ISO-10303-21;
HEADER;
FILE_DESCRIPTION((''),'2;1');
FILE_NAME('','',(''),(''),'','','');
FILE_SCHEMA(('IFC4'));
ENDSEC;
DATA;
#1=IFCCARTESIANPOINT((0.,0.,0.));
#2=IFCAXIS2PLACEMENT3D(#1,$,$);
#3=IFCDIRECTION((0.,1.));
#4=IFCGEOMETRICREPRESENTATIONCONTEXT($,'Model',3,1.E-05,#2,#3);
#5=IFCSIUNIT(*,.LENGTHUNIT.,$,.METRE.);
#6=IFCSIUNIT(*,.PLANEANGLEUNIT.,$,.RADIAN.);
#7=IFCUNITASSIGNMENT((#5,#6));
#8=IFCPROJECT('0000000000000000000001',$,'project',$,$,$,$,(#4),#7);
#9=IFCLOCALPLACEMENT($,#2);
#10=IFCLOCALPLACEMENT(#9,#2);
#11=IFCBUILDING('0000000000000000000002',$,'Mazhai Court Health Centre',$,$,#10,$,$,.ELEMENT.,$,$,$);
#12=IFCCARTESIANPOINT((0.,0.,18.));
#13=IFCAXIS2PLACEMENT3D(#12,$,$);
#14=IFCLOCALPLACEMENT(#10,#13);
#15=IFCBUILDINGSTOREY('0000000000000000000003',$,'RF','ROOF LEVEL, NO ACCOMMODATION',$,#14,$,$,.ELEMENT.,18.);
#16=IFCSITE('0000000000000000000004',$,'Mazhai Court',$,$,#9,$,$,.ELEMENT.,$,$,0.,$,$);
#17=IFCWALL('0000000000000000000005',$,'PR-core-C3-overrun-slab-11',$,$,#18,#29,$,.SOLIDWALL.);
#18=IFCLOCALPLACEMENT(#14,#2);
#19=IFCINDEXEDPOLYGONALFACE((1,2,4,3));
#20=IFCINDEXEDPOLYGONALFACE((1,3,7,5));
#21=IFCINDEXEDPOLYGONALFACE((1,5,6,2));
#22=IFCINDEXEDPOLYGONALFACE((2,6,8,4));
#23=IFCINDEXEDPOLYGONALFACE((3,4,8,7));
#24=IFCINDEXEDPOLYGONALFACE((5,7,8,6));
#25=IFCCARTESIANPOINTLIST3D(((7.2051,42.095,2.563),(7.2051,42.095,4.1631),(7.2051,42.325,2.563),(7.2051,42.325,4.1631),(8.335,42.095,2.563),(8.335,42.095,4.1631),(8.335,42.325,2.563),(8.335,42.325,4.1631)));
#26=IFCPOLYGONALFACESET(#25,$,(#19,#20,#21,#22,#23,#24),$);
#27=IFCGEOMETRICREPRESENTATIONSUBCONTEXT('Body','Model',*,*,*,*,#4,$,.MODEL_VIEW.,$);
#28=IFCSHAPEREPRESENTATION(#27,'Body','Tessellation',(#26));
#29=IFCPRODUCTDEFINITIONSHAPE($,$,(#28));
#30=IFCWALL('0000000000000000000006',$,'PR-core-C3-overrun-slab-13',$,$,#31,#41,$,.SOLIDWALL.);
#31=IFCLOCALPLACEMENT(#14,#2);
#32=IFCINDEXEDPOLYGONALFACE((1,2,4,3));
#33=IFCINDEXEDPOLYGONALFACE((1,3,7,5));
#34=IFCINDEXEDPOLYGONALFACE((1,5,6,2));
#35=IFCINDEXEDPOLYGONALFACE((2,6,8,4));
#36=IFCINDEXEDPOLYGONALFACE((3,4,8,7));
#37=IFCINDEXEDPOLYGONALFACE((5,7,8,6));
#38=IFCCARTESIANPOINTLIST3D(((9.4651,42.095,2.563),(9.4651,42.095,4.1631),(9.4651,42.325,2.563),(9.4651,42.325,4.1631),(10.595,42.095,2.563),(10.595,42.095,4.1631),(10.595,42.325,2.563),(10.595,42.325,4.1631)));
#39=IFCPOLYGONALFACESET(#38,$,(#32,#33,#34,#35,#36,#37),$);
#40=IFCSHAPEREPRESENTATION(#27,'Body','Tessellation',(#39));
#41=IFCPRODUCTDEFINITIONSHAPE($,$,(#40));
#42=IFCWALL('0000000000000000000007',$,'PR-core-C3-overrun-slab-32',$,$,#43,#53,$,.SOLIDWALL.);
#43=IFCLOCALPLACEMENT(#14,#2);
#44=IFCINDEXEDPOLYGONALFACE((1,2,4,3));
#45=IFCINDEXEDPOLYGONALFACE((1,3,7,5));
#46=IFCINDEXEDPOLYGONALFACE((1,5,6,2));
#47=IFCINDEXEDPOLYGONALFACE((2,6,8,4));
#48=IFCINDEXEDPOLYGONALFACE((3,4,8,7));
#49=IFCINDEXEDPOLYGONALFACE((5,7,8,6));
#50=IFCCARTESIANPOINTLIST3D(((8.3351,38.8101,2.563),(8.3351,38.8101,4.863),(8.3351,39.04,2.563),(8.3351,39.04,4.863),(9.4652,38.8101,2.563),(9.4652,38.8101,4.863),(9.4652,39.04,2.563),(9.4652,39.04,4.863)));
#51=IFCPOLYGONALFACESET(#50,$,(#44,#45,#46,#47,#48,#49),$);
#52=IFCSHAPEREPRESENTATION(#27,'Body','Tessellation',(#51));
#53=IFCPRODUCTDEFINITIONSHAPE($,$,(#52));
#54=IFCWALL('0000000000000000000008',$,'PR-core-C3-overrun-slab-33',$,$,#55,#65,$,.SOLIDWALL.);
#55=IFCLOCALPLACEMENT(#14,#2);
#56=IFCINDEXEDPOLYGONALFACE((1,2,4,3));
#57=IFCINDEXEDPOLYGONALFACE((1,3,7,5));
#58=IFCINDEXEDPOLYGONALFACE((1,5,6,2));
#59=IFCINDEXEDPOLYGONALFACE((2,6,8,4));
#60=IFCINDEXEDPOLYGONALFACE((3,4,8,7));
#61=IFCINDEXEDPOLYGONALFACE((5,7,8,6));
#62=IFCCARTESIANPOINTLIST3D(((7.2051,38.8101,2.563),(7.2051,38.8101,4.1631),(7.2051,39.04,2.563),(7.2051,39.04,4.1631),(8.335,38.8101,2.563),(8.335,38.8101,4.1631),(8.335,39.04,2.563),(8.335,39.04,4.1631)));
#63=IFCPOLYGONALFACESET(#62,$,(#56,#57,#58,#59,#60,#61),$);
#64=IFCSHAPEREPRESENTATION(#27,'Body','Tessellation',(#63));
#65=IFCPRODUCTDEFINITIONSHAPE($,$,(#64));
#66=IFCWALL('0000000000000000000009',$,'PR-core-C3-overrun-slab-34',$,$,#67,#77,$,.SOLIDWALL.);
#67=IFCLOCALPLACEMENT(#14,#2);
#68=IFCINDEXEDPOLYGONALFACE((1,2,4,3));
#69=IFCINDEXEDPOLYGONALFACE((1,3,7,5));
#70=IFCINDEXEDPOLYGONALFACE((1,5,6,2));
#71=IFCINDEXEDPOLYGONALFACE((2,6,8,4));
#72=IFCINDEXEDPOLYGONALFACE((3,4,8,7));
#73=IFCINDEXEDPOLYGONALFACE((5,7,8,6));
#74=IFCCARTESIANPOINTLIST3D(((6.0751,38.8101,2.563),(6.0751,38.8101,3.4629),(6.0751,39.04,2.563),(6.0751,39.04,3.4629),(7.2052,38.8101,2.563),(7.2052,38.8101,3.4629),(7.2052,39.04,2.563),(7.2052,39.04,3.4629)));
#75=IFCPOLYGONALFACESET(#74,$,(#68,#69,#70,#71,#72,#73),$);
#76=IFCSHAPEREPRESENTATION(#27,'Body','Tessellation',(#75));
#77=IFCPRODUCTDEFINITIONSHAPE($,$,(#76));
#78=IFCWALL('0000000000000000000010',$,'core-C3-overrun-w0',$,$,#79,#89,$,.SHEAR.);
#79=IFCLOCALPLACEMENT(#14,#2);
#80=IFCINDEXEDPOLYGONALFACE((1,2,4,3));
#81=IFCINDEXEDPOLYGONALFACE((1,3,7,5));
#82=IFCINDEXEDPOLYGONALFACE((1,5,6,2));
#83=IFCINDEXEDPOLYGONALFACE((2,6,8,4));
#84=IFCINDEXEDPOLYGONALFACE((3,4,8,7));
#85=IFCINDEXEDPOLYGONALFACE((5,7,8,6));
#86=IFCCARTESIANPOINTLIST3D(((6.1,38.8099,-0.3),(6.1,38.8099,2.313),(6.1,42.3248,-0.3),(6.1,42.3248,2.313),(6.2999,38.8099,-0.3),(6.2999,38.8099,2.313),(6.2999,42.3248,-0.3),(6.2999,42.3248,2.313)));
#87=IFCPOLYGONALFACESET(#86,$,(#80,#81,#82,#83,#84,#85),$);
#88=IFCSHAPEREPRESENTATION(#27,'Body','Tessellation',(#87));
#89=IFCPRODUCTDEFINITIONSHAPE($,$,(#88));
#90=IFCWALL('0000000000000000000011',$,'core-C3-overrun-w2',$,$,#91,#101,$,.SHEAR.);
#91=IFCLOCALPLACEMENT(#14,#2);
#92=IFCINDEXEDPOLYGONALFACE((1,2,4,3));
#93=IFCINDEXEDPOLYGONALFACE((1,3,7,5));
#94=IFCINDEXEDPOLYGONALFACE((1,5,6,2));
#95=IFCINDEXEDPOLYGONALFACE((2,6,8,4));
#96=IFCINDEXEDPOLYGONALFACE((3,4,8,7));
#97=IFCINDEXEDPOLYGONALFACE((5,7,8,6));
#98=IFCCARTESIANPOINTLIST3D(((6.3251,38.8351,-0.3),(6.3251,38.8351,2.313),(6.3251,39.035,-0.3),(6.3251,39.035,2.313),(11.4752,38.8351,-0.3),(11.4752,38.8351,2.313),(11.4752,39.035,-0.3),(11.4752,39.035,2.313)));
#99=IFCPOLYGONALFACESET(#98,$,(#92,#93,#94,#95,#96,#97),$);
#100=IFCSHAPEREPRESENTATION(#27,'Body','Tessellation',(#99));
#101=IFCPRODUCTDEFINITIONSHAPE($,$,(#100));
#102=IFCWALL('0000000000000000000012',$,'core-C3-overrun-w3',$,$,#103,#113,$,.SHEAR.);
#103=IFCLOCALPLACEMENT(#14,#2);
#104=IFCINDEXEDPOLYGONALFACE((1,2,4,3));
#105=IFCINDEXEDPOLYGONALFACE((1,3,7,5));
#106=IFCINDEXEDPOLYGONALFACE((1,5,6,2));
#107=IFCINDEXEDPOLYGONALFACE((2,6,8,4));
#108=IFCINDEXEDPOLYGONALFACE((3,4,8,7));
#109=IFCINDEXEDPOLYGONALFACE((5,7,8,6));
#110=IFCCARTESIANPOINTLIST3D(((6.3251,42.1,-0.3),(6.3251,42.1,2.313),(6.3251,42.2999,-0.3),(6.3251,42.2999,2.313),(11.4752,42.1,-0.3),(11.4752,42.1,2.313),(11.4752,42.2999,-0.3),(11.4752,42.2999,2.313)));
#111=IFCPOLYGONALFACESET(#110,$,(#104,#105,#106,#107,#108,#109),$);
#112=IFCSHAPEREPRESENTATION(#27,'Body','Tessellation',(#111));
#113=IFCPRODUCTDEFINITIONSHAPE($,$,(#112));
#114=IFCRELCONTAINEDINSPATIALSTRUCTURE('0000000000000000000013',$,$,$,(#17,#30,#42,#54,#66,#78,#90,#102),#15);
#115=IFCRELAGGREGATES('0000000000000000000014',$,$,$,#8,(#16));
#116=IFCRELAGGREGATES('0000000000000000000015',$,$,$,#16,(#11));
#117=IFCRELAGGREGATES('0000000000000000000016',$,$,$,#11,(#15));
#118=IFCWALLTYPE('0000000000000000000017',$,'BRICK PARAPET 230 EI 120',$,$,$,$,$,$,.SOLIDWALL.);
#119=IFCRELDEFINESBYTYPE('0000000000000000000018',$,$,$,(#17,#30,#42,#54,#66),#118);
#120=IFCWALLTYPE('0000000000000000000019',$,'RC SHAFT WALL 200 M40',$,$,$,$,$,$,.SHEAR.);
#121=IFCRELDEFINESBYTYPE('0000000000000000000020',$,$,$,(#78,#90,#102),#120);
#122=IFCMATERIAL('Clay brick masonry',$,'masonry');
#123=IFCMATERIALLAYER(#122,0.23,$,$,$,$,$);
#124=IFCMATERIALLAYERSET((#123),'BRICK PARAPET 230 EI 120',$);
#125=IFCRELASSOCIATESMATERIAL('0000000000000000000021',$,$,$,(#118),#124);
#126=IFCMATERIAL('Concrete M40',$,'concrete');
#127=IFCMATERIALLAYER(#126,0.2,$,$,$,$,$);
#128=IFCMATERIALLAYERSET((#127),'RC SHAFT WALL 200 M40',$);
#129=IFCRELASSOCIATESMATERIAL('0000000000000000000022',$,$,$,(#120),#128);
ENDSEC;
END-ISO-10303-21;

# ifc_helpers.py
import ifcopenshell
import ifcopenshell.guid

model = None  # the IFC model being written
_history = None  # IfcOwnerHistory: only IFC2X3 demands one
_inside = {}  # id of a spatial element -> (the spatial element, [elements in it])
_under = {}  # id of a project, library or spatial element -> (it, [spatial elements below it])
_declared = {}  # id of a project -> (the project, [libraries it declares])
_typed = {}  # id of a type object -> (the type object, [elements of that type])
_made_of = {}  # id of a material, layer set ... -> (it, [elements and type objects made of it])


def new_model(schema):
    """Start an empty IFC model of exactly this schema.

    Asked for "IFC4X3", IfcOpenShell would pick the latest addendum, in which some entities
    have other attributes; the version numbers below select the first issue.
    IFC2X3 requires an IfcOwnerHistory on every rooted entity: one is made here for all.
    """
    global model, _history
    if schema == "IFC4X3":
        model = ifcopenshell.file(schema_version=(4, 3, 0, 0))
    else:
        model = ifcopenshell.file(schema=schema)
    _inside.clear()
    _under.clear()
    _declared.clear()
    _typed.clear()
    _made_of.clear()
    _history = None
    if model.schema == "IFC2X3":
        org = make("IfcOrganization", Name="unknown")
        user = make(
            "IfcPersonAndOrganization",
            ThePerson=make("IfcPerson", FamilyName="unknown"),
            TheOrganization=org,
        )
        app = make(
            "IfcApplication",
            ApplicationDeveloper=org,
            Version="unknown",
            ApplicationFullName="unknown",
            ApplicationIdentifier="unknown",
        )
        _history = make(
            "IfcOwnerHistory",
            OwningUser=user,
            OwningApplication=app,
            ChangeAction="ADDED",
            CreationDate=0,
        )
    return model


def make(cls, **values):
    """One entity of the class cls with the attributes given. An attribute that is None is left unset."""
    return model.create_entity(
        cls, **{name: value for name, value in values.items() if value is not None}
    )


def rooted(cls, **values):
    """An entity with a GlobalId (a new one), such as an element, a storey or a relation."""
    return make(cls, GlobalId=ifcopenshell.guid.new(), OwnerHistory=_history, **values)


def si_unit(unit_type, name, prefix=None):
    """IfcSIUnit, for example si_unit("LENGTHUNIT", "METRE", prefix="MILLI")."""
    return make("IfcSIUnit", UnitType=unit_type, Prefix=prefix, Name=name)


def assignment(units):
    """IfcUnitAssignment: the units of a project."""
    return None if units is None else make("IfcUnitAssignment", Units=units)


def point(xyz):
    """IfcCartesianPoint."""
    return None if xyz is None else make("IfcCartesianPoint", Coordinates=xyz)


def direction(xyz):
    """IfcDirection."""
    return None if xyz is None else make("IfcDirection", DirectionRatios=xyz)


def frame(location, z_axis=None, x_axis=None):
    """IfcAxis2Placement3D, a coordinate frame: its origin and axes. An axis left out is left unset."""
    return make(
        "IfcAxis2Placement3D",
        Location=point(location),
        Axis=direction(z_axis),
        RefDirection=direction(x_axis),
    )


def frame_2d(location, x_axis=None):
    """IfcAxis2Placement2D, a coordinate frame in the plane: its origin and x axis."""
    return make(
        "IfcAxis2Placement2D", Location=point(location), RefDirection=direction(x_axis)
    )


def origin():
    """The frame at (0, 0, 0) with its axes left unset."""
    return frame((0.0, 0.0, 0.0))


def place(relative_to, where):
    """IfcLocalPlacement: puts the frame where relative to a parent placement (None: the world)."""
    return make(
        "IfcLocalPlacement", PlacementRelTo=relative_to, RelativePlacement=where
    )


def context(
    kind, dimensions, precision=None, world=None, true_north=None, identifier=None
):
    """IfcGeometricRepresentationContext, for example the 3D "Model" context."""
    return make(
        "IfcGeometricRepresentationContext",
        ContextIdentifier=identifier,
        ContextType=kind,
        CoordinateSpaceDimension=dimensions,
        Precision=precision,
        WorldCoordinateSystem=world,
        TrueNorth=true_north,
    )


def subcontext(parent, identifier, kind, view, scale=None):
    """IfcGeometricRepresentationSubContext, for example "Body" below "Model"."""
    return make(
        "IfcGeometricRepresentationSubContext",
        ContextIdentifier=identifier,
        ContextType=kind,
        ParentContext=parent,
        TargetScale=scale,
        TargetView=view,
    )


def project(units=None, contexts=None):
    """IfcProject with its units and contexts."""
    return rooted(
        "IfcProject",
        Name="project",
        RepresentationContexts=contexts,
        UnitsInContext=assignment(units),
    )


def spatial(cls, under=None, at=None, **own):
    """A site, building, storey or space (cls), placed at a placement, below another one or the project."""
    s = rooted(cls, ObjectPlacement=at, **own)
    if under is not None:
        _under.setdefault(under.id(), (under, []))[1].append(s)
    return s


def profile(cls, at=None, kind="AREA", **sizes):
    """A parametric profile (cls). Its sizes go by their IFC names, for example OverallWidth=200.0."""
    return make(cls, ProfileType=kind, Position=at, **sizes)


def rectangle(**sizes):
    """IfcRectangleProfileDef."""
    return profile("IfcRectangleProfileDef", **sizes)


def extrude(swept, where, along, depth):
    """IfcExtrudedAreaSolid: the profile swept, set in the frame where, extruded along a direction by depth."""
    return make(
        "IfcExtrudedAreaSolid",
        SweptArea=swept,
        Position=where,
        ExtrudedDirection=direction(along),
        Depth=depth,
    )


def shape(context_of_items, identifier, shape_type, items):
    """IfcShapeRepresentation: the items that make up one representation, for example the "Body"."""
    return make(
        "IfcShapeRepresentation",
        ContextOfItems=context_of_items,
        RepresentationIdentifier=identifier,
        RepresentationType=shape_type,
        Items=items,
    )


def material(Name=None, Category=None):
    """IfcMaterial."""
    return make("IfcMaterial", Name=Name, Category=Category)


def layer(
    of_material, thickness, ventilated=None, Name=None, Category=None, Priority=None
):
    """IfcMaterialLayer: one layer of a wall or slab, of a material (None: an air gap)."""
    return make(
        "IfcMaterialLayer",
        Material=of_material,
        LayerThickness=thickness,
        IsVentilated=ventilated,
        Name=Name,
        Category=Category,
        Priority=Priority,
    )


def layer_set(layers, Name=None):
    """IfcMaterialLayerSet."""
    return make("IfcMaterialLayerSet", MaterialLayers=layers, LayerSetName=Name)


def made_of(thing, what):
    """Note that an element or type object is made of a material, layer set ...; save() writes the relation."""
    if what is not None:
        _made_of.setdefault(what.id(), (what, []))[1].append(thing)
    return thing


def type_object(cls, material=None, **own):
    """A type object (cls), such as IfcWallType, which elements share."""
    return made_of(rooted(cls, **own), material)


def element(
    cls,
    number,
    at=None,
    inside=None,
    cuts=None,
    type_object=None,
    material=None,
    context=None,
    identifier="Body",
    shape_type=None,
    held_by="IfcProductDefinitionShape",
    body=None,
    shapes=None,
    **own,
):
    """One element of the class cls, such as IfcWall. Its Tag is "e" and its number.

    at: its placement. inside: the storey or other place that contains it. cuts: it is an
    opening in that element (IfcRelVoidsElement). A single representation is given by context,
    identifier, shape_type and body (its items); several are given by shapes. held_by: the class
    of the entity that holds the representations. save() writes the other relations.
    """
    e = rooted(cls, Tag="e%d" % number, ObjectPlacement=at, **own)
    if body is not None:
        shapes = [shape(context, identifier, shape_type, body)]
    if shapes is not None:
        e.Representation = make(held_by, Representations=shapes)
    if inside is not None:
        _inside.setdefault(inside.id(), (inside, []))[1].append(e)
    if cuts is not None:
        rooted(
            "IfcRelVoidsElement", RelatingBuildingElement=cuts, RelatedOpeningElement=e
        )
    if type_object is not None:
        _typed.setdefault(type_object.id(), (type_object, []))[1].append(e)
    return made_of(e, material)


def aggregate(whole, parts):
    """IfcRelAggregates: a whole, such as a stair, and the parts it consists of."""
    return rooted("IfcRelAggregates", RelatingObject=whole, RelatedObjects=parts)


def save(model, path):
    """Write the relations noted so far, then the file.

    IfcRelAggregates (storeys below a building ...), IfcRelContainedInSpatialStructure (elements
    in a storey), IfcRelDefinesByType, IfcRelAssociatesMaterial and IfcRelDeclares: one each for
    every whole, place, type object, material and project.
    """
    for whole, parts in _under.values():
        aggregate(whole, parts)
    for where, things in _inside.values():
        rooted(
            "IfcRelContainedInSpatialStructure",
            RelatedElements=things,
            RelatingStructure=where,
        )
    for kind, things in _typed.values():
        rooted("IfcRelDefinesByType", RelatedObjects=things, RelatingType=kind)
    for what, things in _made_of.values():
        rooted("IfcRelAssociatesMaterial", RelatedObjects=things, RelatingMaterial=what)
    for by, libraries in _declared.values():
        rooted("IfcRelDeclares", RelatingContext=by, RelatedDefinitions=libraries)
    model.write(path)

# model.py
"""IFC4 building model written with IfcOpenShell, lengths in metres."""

from ifc_helpers import new_model, si_unit, direction, frame, frame_2d, origin, place, context, subcontext, project, spatial, rectangle, extrude, material, layer, layer_set, type_object, element, save


model = new_model("IFC4")

# Units and contexts
model_context = context("Model", 3, precision=1e-05, world=origin(), true_north=direction((0.0, 1.0)))
body_context = subcontext(model_context, "Body", "Model", "MODEL_VIEW")
ifc_project = project(units=[si_unit("LENGTHUNIT", "METRE"), si_unit("PLANEANGLEUNIT", "RADIAN")], contexts=[model_context])

# Site, building, storey
site_placement = place(None, origin())
site = spatial("IfcSite", under=ifc_project, at=site_placement, Name="Mazhai Court", CompositionType="ELEMENT", RefElevation=0.0)
building_placement = place(site_placement, origin())
building = spatial("IfcBuilding", under=site, at=building_placement, Name="Mazhai Court Health Centre", CompositionType="ELEMENT")
storey_placement = place(building_placement, frame((0.0, 0.0, 18.0)))
storey = spatial("IfcBuildingStorey", under=building, at=storey_placement, Name="RF", Description="ROOF LEVEL, NO ACCOMMODATION", CompositionType="ELEMENT", Elevation=18.0)

# Walls
ifc_material_1 = material(Name="Clay brick masonry", Category="masonry")
ifc_layer_1 = layer(ifc_material_1, 0.23)
ifc_layer_set_1 = layer_set([ifc_layer_1], Name="BRICK PARAPET 230 EI 120")
wall_type_1 = type_object("IfcWallType", Name="BRICK PARAPET 230 EI 120", PredefinedType="SOLIDWALL", material=ifc_layer_set_1)
wall_1_placement = place(storey_placement, frame((7.2051, 42.21, 2.563), z_axis=(0.0, 0.0, 1.0), x_axis=(1.0, 0.0, 0.0)))
element("IfcWall", 1, at=wall_1_placement, inside=storey, type_object=wall_type_1, Name="PR-core-C3-overrun-slab-11", PredefinedType="SOLIDWALL", context=body_context, shape_type="SweptSolid", body=[
    extrude(rectangle(XDim=1.1299, YDim=0.23, at=frame_2d((0.5649, 0.0))), origin(), (0.0, 0.0, 1.0), 1.6001),
])
wall_2_placement = place(storey_placement, frame((9.4651, 42.21, 2.563), z_axis=(0.0, 0.0, 1.0), x_axis=(1.0, 0.0, 0.0)))
element("IfcWall", 2, at=wall_2_placement, inside=storey, type_object=wall_type_1, Name="PR-core-C3-overrun-slab-13", PredefinedType="SOLIDWALL", context=body_context, shape_type="SweptSolid", body=[
    extrude(rectangle(XDim=1.1299, YDim=0.23, at=frame_2d((0.5649, 0.0))), origin(), (0.0, 0.0, 1.0), 1.6001),
])
wall_3_placement = place(storey_placement, frame((9.4651, 38.925, 2.563), z_axis=(0.0, 0.0, 1.0), x_axis=(-1.0, 0.0, 0.0)))
element("IfcWall", 3, at=wall_3_placement, inside=storey, type_object=wall_type_1, Name="PR-core-C3-overrun-slab-32", PredefinedType="SOLIDWALL", context=body_context, shape_type="SweptSolid", body=[
    extrude(rectangle(XDim=1.1301, YDim=0.23, at=frame_2d((0.5649, 0.0))), origin(), (0.0, 0.0, 1.0), 2.3),
])
wall_4_placement = place(storey_placement, frame((8.335, 38.925, 2.563), z_axis=(0.0, 0.0, 1.0), x_axis=(-1.0, 0.0, 0.0)))
element("IfcWall", 4, at=wall_4_placement, inside=storey, type_object=wall_type_1, Name="PR-core-C3-overrun-slab-33", PredefinedType="SOLIDWALL", context=body_context, shape_type="SweptSolid", body=[
    extrude(rectangle(XDim=1.1299, YDim=0.23, at=frame_2d((0.5649, 0.0))), origin(), (0.0, 0.0, 1.0), 1.6001),
])
wall_5_placement = place(storey_placement, frame((7.2051, 38.925, 2.563), z_axis=(0.0, 0.0, 1.0), x_axis=(-1.0, 0.0, 0.0)))
element("IfcWall", 5, at=wall_5_placement, inside=storey, type_object=wall_type_1, Name="PR-core-C3-overrun-slab-34", PredefinedType="SOLIDWALL", context=body_context, shape_type="SweptSolid", body=[
    extrude(rectangle(XDim=1.1301, YDim=0.23, at=frame_2d((0.5649, 0.0))), origin(), (0.0, 0.0, 1.0), 0.8999),
])
ifc_material_2 = material(Name="Concrete M40", Category="concrete")
ifc_layer_2 = layer(ifc_material_2, 0.2)
ifc_layer_set_2 = layer_set([ifc_layer_2], Name="RC SHAFT WALL 200 M40")
wall_type_2 = type_object("IfcWallType", Name="RC SHAFT WALL 200 M40", PredefinedType="SHEAR", material=ifc_layer_set_2)
wall_6_placement = place(storey_placement, frame((6.2, 38.8101, -0.3), z_axis=(0.0, 0.0, 1.0), x_axis=(0.0, 1.0, 0.0)))
element("IfcWall", 6, at=wall_6_placement, inside=storey, type_object=wall_type_2, Name="core-C3-overrun-w0", PredefinedType="SHEAR", context=body_context, shape_type="SweptSolid", body=[
    extrude(rectangle(XDim=3.5149, YDim=0.2, at=frame_2d((1.7573, 0.0))), origin(), (0.0, 0.0, 1.0), 2.613),
])
for number, where, z_axis, x_axis, name in (
    (7, (6.325, 38.9351, -0.3), (0.0, 0.0, 1.0), (1.0, 0.0, 0.0), "core-C3-overrun-w2"),
    (8, (6.325, 42.2, -0.3), (0.0, 0.0, 1.0), (1.0, 0.0, 0.0), "core-C3-overrun-w3"),
):
    element("IfcWall", number, at=place(storey_placement, frame(where, z_axis=z_axis, x_axis=x_axis)), inside=storey, type_object=wall_type_2, Name=name, PredefinedType="SHEAR", context=body_context, shape_type="SweptSolid", body=[
        extrude(rectangle(XDim=5.1501, YDim=0.2, at=frame_2d((2.5752, 0.0))), origin(), (0.0, 0.0, 1.0), 2.613),
    ])

save(model, "model.ifc")
